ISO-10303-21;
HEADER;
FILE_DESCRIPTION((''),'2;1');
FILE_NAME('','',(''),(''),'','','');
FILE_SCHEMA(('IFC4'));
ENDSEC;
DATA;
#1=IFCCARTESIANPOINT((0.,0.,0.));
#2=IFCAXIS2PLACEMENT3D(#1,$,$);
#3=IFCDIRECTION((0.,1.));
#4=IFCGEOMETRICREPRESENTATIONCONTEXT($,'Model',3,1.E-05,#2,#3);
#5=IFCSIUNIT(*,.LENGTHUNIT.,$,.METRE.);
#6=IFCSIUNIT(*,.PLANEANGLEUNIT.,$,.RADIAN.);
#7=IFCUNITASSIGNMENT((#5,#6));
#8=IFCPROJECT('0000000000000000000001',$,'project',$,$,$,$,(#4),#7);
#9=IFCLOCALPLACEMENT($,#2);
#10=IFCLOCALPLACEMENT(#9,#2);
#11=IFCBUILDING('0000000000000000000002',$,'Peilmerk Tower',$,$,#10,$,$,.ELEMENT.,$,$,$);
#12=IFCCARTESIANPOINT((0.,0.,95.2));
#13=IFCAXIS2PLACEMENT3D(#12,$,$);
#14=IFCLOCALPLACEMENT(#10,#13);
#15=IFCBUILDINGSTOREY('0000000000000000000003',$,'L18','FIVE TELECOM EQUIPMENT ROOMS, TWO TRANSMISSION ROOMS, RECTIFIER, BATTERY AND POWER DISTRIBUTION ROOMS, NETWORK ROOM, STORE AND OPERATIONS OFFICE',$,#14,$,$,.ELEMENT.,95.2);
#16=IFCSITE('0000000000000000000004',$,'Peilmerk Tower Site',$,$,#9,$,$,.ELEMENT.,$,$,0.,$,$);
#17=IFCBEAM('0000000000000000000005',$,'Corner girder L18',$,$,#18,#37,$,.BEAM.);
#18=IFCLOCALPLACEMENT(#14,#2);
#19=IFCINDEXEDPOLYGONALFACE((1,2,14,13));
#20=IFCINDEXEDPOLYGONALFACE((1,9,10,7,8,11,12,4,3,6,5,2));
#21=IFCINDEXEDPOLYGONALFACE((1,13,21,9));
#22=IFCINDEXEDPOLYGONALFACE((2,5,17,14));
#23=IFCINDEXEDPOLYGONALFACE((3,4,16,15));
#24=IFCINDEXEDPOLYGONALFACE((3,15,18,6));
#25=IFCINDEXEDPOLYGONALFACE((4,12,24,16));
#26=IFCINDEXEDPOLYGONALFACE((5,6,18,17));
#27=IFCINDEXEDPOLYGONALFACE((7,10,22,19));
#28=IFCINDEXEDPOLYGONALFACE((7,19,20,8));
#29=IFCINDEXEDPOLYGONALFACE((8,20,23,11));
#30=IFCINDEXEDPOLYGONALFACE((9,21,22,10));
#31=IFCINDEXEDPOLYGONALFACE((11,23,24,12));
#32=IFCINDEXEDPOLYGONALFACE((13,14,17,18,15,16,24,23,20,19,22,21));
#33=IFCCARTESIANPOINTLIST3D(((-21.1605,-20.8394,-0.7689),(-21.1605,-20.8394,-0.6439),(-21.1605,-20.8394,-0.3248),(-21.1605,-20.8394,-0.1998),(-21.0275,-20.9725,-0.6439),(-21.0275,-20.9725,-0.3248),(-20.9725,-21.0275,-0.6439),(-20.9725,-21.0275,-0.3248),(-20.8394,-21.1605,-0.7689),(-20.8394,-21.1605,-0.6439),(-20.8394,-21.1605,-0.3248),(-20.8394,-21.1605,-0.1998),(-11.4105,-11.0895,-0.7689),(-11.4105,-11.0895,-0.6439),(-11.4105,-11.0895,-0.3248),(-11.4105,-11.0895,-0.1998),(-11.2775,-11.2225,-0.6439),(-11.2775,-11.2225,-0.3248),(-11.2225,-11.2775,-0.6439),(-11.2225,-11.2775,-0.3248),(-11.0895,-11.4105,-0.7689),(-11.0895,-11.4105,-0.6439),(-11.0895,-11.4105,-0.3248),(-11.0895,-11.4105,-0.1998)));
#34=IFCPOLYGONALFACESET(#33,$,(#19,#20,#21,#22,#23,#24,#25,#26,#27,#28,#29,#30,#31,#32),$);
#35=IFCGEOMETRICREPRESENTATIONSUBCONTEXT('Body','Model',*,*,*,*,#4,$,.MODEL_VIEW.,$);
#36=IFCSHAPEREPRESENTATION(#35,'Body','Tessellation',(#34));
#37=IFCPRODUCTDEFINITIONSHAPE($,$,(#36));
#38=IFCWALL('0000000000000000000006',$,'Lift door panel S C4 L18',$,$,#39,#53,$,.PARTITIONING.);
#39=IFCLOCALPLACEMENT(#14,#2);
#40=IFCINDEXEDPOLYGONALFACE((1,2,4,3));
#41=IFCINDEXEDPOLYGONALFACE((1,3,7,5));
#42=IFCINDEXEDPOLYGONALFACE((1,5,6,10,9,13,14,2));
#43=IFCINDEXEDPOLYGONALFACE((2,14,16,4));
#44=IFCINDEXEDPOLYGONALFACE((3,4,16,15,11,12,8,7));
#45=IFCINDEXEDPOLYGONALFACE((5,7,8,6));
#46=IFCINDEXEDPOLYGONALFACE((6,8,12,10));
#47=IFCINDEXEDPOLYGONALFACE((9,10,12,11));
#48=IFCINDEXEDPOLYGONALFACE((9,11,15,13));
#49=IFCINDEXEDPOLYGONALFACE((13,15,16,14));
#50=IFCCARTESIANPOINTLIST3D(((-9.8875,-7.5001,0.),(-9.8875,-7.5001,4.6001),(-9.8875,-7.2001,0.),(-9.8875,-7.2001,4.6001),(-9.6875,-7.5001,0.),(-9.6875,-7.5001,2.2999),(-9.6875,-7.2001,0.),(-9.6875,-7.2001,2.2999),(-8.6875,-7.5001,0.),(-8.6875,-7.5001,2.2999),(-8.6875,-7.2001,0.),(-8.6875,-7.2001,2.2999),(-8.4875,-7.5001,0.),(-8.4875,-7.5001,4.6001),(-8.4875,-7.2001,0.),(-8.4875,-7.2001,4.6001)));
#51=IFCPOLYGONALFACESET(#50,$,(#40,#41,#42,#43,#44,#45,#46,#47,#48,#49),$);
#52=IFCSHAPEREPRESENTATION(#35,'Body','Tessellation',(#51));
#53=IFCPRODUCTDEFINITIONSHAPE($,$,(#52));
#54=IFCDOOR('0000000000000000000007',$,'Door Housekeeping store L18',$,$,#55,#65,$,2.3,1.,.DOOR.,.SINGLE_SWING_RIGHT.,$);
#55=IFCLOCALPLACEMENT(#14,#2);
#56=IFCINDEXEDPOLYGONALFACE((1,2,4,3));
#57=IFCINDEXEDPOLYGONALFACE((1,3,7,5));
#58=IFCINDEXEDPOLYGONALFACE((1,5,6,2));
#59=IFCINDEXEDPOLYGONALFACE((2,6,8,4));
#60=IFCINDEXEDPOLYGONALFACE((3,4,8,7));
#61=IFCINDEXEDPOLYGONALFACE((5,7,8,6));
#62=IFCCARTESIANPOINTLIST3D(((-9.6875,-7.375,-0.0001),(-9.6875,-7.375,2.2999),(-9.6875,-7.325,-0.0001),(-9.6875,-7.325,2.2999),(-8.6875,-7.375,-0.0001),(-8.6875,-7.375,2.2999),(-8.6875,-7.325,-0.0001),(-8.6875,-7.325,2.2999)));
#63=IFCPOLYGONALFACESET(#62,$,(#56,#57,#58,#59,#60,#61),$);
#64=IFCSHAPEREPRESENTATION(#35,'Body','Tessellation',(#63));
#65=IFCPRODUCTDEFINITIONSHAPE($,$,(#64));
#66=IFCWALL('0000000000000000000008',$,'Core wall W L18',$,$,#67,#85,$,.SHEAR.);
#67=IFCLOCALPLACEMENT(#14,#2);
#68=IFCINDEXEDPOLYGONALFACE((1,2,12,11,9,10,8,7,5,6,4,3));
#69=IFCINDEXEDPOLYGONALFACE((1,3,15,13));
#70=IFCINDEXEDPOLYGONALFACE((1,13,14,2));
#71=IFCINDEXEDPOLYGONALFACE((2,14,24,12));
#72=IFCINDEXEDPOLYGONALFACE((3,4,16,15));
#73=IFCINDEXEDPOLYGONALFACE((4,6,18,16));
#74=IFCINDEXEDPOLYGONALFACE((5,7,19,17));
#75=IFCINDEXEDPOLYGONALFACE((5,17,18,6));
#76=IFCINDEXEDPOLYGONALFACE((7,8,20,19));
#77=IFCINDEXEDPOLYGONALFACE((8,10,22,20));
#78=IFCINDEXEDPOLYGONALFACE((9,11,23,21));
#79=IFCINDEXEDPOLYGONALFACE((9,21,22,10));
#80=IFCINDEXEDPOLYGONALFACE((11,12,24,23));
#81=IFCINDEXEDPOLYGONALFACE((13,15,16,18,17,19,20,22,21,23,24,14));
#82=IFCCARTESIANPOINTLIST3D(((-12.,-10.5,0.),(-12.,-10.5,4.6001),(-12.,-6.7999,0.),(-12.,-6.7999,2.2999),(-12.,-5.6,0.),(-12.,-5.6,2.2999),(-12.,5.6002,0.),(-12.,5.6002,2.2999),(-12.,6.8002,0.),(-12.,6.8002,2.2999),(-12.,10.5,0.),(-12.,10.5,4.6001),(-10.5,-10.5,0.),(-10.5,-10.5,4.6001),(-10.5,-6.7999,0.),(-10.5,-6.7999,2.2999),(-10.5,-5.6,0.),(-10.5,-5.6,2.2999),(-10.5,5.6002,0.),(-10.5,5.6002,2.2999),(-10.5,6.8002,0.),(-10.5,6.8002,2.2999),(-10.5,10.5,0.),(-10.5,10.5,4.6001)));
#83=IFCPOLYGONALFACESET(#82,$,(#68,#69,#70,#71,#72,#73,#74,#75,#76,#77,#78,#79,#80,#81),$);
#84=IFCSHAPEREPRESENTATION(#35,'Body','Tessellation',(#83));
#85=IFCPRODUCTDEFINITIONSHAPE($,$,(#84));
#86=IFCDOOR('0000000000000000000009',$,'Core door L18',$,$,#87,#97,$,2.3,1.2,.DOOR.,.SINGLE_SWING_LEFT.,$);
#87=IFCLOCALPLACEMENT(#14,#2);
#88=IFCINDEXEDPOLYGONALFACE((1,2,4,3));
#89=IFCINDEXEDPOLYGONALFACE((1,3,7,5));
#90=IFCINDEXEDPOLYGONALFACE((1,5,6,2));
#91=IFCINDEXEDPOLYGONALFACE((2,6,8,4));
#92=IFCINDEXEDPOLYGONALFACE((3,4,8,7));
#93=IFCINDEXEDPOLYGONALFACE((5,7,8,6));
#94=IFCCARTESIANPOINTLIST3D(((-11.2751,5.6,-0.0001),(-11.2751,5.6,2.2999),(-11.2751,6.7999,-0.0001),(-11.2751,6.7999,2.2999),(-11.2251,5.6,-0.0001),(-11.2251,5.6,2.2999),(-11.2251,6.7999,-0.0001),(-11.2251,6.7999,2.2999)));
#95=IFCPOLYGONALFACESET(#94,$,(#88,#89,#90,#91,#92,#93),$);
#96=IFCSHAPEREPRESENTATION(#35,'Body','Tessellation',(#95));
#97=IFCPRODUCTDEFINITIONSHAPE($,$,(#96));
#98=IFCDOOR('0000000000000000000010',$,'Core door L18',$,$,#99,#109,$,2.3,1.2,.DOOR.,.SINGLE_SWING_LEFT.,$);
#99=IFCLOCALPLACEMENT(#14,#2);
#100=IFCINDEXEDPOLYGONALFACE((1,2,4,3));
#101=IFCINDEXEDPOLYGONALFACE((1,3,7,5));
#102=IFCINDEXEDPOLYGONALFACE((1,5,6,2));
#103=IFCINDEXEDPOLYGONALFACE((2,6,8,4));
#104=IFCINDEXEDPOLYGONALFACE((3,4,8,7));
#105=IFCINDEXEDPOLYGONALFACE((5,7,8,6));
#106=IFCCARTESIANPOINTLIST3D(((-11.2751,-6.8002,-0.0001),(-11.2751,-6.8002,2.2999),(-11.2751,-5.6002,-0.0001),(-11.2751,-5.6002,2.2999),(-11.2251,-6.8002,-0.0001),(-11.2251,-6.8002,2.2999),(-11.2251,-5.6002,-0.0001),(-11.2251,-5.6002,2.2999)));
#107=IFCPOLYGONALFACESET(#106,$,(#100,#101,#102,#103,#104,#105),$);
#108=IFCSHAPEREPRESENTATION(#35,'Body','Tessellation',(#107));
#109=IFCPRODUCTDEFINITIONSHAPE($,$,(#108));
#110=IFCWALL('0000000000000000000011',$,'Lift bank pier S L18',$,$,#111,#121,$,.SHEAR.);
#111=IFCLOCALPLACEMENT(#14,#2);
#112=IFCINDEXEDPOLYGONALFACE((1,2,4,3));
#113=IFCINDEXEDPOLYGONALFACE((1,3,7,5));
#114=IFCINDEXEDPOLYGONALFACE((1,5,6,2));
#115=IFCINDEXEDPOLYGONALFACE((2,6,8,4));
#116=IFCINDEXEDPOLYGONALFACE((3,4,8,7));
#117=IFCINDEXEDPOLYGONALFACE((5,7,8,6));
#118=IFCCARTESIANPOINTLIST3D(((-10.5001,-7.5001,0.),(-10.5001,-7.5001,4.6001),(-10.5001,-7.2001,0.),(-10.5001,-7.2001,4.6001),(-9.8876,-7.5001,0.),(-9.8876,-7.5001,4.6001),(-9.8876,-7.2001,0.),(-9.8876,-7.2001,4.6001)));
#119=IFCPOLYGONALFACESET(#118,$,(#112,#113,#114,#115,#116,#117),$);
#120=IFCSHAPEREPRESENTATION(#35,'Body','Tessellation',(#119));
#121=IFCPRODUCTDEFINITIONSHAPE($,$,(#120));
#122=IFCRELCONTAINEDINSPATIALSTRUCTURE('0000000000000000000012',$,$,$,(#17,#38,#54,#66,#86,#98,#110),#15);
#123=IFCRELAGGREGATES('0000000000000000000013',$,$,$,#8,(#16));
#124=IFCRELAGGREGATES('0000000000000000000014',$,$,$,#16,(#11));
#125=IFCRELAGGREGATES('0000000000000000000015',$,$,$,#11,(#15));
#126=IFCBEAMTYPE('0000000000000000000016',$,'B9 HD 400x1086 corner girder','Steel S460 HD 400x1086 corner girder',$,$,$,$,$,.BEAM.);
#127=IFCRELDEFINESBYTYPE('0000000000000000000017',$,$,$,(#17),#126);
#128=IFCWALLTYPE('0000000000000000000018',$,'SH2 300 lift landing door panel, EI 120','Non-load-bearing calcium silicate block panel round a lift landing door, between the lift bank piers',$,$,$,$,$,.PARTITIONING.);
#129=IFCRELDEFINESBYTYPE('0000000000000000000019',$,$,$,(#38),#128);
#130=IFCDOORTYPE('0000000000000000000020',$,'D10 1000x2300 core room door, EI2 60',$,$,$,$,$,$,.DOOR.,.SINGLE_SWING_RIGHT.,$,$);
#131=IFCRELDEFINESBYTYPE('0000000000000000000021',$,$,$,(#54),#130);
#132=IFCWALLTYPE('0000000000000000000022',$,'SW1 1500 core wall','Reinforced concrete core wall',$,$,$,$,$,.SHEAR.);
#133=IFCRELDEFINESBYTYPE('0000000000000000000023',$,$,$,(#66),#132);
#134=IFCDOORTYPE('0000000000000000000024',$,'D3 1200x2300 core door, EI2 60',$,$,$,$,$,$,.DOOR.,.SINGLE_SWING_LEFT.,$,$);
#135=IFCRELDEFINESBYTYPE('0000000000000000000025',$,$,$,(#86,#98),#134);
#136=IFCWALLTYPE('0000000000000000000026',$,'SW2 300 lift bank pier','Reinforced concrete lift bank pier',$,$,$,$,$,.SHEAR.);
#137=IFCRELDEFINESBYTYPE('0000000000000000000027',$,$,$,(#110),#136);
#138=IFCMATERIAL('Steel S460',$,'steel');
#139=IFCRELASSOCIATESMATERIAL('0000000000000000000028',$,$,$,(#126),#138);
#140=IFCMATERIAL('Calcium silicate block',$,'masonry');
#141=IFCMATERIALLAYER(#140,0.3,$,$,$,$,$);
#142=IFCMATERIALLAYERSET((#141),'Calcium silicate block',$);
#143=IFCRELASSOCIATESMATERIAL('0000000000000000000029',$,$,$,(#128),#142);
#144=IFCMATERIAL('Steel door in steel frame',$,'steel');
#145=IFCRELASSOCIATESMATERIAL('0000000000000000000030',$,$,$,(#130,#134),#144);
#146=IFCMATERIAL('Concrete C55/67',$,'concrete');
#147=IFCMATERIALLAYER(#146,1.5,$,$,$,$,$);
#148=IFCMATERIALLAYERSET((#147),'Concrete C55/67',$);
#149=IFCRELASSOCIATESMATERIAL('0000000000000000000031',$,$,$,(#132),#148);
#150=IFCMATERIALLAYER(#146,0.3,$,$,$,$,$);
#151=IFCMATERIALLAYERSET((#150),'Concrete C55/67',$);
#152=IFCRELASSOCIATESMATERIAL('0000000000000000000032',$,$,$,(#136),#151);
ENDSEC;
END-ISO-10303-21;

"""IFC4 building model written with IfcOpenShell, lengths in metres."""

from ifc_helpers import new_model, si_unit, direction, frame, frame_2d, origin, origin_2d, place, context, subcontext, project, spatial, rectangle, i_section, extrude, material, layer, layer_set, material_profile, profile_set, type_object, element, fill, save


model = new_model("IFC4")

# Units and contexts
model_context = context("Model", 3, precision=1e-05, world=origin(), true_north=direction((0.0, 1.0)))
body_context = subcontext(model_context, "Body", "Model", "MODEL_VIEW")
ifc_project = project(units=[si_unit("LENGTHUNIT", "METRE"), si_unit("PLANEANGLEUNIT", "RADIAN")], contexts=[model_context])

# Site, building, storey
site_placement = place(None, origin())
site = spatial("IfcSite", under=ifc_project, at=site_placement, Name="Peilmerk Tower Site", CompositionType="ELEMENT", RefElevation=0.0)
building_placement = place(site_placement, origin())
building = spatial("IfcBuilding", under=site, at=building_placement, Name="Peilmerk Tower", CompositionType="ELEMENT")
storey_placement = place(building_placement, frame((0.0, 0.0, 95.2)))
storey = spatial("IfcBuildingStorey", under=building, at=storey_placement, Name="L18", Description="FIVE TELECOM EQUIPMENT ROOMS, TWO TRANSMISSION ROOMS, RECTIFIER, BATTERY AND POWER DISTRIBUTION ROOMS, NETWORK ROOM, STORE AND OPERATIONS OFFICE", CompositionType="ELEMENT", Elevation=95.2)

# Shared definitions
ifc_material_1 = material(Name="Steel S460", Category="steel")

# Beam
ifc_material_profile_1 = material_profile(ifc_material_1, i_section(OverallWidth=0.4541, OverallDepth=0.5691, WebThickness=0.0779, FlangeThickness=0.125, at=origin_2d()), Name="HD 400x1086")
ifc_profile_set_1 = profile_set([ifc_material_profile_1], Name="Steel S460")
beam_type_1 = type_object("IfcBeamType", Name="B9 HD 400x1086 corner girder", Description="Steel S460 HD 400x1086 corner girder", PredefinedType="BEAM", material=ifc_profile_set_1)
beam_1_placement = place(storey_placement, frame((-11.25, -11.25, -0.4844), z_axis=(-0.707107, -0.707107, 0.0), x_axis=(0.707107, -0.707107, 0.0)))
element("IfcBeam", 1, at=beam_1_placement, inside=storey, type_object=beam_type_1, Name="Corner girder L18", PredefinedType="BEAM", context=body_context, shape_type="SweptSolid", body=[
    extrude(i_section(OverallWidth=0.4541, OverallDepth=0.5691, WebThickness=0.0779, FlangeThickness=0.125, at=origin_2d()), origin(), (0.0, 0.0, 1.0), 13.7886),
])

# Wall, opening, door
ifc_material_2 = material(Name="Calcium silicate block", Category="masonry")
ifc_layer_1 = layer(ifc_material_2, 0.3)
ifc_layer_set_1 = layer_set([ifc_layer_1], Name="Calcium silicate block")
wall_type_1 = type_object("IfcWallType", Name="SH2 300 lift landing door panel, EI 120", Description="Non-load-bearing calcium silicate block panel round a lift landing door, between the lift bank piers", PredefinedType="PARTITIONING", material=ifc_layer_set_1)
wall_1_placement = place(storey_placement, frame((-9.8875, -7.3501, 0.0), z_axis=(0.0, 0.0, 1.0), x_axis=(1.0, 0.0, 0.0)))
wall_1 = element("IfcWall", 2, at=wall_1_placement, inside=storey, type_object=wall_type_1, Name="Lift door panel S C4 L18", PredefinedType="PARTITIONING", context=body_context, shape_type="SweptSolid", body=[
    extrude(rectangle(XDim=1.3999, YDim=0.3, at=frame_2d((0.7, 0.0))), origin(), (0.0, 0.0, 1.0), 4.6001),
])
opening_1_placement = place(wall_1_placement, frame((0.2, 0.0, 0.0)))
opening_1 = element("IfcOpeningElement", 3, at=opening_1_placement, cuts=wall_1, PredefinedType="OPENING", context=body_context, shape_type="SweptSolid", body=[
    extrude(rectangle(XDim=1.0, YDim=2.3, at=frame_2d((0.5, 1.1499))), frame((0.0, 0.1599, 0.0), z_axis=(0.0, -1.0, 0.0), x_axis=(1.0, 0.0, 0.0)), (0.0, 0.0, 1.0), 0.3201),
])
ifc_material_3 = material(Name="Steel door in steel frame", Category="steel")
door_type_1 = type_object("IfcDoorType", Name="D10 1000x2300 core room door, EI2 60", OperationType="SINGLE_SWING_RIGHT", PredefinedType="DOOR", material=ifc_material_3)
door_1_placement = place(opening_1_placement, frame((1.0, 0.0, 0.0), z_axis=(0.0, 0.0, 1.0), x_axis=(-1.0, 0.0, 0.0)))
door_1 = element("IfcDoor", 4, at=door_1_placement, inside=storey, type_object=door_type_1, Name="Door Housekeeping store L18", OperationType="SINGLE_SWING_RIGHT", OverallHeight=2.3, OverallWidth=1.0, PredefinedType="DOOR", context=body_context, shape_type="SweptSolid", body=[
    extrude(rectangle(XDim=1.0, YDim=2.3, at=frame_2d((0.5, 1.1499))), frame((0.0, 0.0249, 0.0), z_axis=(0.0, -1.0, 0.0), x_axis=(1.0, 0.0, 0.0)), (0.0, 0.0, 1.0), 0.05),
])
fill(opening_1, door_1)

# Wall, openings, doors
ifc_material_4 = material(Name="Concrete C55/67", Category="concrete")
ifc_layer_2 = layer(ifc_material_4, 1.5)
ifc_layer_set_2 = layer_set([ifc_layer_2], Name="Concrete C55/67")
wall_type_2 = type_object("IfcWallType", Name="SW1 1500 core wall", Description="Reinforced concrete core wall", PredefinedType="SHEAR", material=ifc_layer_set_2)
wall_2_placement = place(storey_placement, frame((-11.25, -10.5, 0.0), z_axis=(0.0, 0.0, 1.0), x_axis=(0.0, 1.0, 0.0)))
wall_2 = element("IfcWall", 5, at=wall_2_placement, inside=storey, type_object=wall_type_2, Name="Core wall W L18", PredefinedType="SHEAR", context=body_context, shape_type="SweptSolid", body=[
    extrude(rectangle(XDim=21.0, YDim=1.5, at=frame_2d((10.5, 0.0))), origin(), (0.0, 0.0, 1.0), 4.6001),
])
opening_2_placement = place(wall_2_placement, frame((16.1001, 0.0, 0.0)))
opening_2 = element("IfcOpeningElement", 6, at=opening_2_placement, cuts=wall_2, PredefinedType="OPENING", context=body_context, shape_type="SweptSolid", body=[
    extrude(rectangle(XDim=1.2, YDim=2.3, at=frame_2d((0.6001, 1.1499))), frame((0.0, 0.76, 0.0), z_axis=(0.0, -1.0, 0.0), x_axis=(1.0, 0.0, 0.0)), (0.0, 0.0, 1.0), 1.52),
])
opening_3_placement = place(wall_2_placement, frame((3.7, 0.0, 0.0)))
opening_3 = element("IfcOpeningElement", 7, at=opening_3_placement, cuts=wall_2, PredefinedType="OPENING", context=body_context, shape_type="SweptSolid", body=[
    extrude(rectangle(XDim=1.2, YDim=2.3, at=frame_2d((0.6001, 1.1499))), frame((0.0, 0.76, 0.0), z_axis=(0.0, -1.0, 0.0), x_axis=(1.0, 0.0, 0.0)), (0.0, 0.0, 1.0), 1.52),
])
door_type_2 = type_object("IfcDoorType", Name="D3 1200x2300 core door, EI2 60", OperationType="SINGLE_SWING_LEFT", PredefinedType="DOOR", material=ifc_material_3)
door_2_placement = place(opening_2_placement, frame((1.2, 0.0, 0.0), z_axis=(0.0, 0.0, 1.0), x_axis=(-1.0, 0.0, 0.0)))
door_2 = element("IfcDoor", 8, at=door_2_placement, inside=storey, type_object=door_type_2, Name="Core door L18", OperationType="SINGLE_SWING_LEFT", OverallHeight=2.3, OverallWidth=1.2, PredefinedType="DOOR", context=body_context, shape_type="SweptSolid", body=[
    extrude(rectangle(XDim=1.2, YDim=2.3, at=frame_2d((0.6001, 1.1499))), frame((0.0, 0.0249, 0.0), z_axis=(0.0, -1.0, 0.0), x_axis=(1.0, 0.0, 0.0)), (0.0, 0.0, 1.0), 0.05),
])
fill(opening_2, door_2)
door_3_placement = place(opening_3_placement, frame((1.2, 0.0, 0.0), z_axis=(0.0, 0.0, 1.0), x_axis=(-1.0, 0.0, 0.0)))
door_3 = element("IfcDoor", 9, at=door_3_placement, inside=storey, type_object=door_type_2, Name="Core door L18", OperationType="SINGLE_SWING_LEFT", OverallHeight=2.3, OverallWidth=1.2, PredefinedType="DOOR", context=body_context, shape_type="SweptSolid", body=[
    extrude(rectangle(XDim=1.2, YDim=2.3, at=frame_2d((0.6001, 1.1499))), frame((0.0, 0.0249, 0.0), z_axis=(0.0, -1.0, 0.0), x_axis=(1.0, 0.0, 0.0)), (0.0, 0.0, 1.0), 0.05),
])
fill(opening_3, door_3)

# Wall
ifc_layer_3 = layer(ifc_material_4, 0.3)
ifc_layer_set_3 = layer_set([ifc_layer_3], Name="Concrete C55/67")
wall_type_3 = type_object("IfcWallType", Name="SW2 300 lift bank pier", Description="Reinforced concrete lift bank pier", PredefinedType="SHEAR", material=ifc_layer_set_3)
wall_3_placement = place(storey_placement, frame((-10.5, -7.3501, 0.0), z_axis=(0.0, 0.0, 1.0), x_axis=(1.0, 0.0, 0.0)))
element("IfcWall", 10, at=wall_3_placement, inside=storey, type_object=wall_type_3, Name="Lift bank pier S L18", PredefinedType="SHEAR", context=body_context, shape_type="SweptSolid", body=[
    extrude(rectangle(XDim=0.6125, YDim=0.3, at=frame_2d((0.3062, 0.0))), origin(), (0.0, 0.0, 1.0), 4.6001),
])

save(model, "model.ifc")
